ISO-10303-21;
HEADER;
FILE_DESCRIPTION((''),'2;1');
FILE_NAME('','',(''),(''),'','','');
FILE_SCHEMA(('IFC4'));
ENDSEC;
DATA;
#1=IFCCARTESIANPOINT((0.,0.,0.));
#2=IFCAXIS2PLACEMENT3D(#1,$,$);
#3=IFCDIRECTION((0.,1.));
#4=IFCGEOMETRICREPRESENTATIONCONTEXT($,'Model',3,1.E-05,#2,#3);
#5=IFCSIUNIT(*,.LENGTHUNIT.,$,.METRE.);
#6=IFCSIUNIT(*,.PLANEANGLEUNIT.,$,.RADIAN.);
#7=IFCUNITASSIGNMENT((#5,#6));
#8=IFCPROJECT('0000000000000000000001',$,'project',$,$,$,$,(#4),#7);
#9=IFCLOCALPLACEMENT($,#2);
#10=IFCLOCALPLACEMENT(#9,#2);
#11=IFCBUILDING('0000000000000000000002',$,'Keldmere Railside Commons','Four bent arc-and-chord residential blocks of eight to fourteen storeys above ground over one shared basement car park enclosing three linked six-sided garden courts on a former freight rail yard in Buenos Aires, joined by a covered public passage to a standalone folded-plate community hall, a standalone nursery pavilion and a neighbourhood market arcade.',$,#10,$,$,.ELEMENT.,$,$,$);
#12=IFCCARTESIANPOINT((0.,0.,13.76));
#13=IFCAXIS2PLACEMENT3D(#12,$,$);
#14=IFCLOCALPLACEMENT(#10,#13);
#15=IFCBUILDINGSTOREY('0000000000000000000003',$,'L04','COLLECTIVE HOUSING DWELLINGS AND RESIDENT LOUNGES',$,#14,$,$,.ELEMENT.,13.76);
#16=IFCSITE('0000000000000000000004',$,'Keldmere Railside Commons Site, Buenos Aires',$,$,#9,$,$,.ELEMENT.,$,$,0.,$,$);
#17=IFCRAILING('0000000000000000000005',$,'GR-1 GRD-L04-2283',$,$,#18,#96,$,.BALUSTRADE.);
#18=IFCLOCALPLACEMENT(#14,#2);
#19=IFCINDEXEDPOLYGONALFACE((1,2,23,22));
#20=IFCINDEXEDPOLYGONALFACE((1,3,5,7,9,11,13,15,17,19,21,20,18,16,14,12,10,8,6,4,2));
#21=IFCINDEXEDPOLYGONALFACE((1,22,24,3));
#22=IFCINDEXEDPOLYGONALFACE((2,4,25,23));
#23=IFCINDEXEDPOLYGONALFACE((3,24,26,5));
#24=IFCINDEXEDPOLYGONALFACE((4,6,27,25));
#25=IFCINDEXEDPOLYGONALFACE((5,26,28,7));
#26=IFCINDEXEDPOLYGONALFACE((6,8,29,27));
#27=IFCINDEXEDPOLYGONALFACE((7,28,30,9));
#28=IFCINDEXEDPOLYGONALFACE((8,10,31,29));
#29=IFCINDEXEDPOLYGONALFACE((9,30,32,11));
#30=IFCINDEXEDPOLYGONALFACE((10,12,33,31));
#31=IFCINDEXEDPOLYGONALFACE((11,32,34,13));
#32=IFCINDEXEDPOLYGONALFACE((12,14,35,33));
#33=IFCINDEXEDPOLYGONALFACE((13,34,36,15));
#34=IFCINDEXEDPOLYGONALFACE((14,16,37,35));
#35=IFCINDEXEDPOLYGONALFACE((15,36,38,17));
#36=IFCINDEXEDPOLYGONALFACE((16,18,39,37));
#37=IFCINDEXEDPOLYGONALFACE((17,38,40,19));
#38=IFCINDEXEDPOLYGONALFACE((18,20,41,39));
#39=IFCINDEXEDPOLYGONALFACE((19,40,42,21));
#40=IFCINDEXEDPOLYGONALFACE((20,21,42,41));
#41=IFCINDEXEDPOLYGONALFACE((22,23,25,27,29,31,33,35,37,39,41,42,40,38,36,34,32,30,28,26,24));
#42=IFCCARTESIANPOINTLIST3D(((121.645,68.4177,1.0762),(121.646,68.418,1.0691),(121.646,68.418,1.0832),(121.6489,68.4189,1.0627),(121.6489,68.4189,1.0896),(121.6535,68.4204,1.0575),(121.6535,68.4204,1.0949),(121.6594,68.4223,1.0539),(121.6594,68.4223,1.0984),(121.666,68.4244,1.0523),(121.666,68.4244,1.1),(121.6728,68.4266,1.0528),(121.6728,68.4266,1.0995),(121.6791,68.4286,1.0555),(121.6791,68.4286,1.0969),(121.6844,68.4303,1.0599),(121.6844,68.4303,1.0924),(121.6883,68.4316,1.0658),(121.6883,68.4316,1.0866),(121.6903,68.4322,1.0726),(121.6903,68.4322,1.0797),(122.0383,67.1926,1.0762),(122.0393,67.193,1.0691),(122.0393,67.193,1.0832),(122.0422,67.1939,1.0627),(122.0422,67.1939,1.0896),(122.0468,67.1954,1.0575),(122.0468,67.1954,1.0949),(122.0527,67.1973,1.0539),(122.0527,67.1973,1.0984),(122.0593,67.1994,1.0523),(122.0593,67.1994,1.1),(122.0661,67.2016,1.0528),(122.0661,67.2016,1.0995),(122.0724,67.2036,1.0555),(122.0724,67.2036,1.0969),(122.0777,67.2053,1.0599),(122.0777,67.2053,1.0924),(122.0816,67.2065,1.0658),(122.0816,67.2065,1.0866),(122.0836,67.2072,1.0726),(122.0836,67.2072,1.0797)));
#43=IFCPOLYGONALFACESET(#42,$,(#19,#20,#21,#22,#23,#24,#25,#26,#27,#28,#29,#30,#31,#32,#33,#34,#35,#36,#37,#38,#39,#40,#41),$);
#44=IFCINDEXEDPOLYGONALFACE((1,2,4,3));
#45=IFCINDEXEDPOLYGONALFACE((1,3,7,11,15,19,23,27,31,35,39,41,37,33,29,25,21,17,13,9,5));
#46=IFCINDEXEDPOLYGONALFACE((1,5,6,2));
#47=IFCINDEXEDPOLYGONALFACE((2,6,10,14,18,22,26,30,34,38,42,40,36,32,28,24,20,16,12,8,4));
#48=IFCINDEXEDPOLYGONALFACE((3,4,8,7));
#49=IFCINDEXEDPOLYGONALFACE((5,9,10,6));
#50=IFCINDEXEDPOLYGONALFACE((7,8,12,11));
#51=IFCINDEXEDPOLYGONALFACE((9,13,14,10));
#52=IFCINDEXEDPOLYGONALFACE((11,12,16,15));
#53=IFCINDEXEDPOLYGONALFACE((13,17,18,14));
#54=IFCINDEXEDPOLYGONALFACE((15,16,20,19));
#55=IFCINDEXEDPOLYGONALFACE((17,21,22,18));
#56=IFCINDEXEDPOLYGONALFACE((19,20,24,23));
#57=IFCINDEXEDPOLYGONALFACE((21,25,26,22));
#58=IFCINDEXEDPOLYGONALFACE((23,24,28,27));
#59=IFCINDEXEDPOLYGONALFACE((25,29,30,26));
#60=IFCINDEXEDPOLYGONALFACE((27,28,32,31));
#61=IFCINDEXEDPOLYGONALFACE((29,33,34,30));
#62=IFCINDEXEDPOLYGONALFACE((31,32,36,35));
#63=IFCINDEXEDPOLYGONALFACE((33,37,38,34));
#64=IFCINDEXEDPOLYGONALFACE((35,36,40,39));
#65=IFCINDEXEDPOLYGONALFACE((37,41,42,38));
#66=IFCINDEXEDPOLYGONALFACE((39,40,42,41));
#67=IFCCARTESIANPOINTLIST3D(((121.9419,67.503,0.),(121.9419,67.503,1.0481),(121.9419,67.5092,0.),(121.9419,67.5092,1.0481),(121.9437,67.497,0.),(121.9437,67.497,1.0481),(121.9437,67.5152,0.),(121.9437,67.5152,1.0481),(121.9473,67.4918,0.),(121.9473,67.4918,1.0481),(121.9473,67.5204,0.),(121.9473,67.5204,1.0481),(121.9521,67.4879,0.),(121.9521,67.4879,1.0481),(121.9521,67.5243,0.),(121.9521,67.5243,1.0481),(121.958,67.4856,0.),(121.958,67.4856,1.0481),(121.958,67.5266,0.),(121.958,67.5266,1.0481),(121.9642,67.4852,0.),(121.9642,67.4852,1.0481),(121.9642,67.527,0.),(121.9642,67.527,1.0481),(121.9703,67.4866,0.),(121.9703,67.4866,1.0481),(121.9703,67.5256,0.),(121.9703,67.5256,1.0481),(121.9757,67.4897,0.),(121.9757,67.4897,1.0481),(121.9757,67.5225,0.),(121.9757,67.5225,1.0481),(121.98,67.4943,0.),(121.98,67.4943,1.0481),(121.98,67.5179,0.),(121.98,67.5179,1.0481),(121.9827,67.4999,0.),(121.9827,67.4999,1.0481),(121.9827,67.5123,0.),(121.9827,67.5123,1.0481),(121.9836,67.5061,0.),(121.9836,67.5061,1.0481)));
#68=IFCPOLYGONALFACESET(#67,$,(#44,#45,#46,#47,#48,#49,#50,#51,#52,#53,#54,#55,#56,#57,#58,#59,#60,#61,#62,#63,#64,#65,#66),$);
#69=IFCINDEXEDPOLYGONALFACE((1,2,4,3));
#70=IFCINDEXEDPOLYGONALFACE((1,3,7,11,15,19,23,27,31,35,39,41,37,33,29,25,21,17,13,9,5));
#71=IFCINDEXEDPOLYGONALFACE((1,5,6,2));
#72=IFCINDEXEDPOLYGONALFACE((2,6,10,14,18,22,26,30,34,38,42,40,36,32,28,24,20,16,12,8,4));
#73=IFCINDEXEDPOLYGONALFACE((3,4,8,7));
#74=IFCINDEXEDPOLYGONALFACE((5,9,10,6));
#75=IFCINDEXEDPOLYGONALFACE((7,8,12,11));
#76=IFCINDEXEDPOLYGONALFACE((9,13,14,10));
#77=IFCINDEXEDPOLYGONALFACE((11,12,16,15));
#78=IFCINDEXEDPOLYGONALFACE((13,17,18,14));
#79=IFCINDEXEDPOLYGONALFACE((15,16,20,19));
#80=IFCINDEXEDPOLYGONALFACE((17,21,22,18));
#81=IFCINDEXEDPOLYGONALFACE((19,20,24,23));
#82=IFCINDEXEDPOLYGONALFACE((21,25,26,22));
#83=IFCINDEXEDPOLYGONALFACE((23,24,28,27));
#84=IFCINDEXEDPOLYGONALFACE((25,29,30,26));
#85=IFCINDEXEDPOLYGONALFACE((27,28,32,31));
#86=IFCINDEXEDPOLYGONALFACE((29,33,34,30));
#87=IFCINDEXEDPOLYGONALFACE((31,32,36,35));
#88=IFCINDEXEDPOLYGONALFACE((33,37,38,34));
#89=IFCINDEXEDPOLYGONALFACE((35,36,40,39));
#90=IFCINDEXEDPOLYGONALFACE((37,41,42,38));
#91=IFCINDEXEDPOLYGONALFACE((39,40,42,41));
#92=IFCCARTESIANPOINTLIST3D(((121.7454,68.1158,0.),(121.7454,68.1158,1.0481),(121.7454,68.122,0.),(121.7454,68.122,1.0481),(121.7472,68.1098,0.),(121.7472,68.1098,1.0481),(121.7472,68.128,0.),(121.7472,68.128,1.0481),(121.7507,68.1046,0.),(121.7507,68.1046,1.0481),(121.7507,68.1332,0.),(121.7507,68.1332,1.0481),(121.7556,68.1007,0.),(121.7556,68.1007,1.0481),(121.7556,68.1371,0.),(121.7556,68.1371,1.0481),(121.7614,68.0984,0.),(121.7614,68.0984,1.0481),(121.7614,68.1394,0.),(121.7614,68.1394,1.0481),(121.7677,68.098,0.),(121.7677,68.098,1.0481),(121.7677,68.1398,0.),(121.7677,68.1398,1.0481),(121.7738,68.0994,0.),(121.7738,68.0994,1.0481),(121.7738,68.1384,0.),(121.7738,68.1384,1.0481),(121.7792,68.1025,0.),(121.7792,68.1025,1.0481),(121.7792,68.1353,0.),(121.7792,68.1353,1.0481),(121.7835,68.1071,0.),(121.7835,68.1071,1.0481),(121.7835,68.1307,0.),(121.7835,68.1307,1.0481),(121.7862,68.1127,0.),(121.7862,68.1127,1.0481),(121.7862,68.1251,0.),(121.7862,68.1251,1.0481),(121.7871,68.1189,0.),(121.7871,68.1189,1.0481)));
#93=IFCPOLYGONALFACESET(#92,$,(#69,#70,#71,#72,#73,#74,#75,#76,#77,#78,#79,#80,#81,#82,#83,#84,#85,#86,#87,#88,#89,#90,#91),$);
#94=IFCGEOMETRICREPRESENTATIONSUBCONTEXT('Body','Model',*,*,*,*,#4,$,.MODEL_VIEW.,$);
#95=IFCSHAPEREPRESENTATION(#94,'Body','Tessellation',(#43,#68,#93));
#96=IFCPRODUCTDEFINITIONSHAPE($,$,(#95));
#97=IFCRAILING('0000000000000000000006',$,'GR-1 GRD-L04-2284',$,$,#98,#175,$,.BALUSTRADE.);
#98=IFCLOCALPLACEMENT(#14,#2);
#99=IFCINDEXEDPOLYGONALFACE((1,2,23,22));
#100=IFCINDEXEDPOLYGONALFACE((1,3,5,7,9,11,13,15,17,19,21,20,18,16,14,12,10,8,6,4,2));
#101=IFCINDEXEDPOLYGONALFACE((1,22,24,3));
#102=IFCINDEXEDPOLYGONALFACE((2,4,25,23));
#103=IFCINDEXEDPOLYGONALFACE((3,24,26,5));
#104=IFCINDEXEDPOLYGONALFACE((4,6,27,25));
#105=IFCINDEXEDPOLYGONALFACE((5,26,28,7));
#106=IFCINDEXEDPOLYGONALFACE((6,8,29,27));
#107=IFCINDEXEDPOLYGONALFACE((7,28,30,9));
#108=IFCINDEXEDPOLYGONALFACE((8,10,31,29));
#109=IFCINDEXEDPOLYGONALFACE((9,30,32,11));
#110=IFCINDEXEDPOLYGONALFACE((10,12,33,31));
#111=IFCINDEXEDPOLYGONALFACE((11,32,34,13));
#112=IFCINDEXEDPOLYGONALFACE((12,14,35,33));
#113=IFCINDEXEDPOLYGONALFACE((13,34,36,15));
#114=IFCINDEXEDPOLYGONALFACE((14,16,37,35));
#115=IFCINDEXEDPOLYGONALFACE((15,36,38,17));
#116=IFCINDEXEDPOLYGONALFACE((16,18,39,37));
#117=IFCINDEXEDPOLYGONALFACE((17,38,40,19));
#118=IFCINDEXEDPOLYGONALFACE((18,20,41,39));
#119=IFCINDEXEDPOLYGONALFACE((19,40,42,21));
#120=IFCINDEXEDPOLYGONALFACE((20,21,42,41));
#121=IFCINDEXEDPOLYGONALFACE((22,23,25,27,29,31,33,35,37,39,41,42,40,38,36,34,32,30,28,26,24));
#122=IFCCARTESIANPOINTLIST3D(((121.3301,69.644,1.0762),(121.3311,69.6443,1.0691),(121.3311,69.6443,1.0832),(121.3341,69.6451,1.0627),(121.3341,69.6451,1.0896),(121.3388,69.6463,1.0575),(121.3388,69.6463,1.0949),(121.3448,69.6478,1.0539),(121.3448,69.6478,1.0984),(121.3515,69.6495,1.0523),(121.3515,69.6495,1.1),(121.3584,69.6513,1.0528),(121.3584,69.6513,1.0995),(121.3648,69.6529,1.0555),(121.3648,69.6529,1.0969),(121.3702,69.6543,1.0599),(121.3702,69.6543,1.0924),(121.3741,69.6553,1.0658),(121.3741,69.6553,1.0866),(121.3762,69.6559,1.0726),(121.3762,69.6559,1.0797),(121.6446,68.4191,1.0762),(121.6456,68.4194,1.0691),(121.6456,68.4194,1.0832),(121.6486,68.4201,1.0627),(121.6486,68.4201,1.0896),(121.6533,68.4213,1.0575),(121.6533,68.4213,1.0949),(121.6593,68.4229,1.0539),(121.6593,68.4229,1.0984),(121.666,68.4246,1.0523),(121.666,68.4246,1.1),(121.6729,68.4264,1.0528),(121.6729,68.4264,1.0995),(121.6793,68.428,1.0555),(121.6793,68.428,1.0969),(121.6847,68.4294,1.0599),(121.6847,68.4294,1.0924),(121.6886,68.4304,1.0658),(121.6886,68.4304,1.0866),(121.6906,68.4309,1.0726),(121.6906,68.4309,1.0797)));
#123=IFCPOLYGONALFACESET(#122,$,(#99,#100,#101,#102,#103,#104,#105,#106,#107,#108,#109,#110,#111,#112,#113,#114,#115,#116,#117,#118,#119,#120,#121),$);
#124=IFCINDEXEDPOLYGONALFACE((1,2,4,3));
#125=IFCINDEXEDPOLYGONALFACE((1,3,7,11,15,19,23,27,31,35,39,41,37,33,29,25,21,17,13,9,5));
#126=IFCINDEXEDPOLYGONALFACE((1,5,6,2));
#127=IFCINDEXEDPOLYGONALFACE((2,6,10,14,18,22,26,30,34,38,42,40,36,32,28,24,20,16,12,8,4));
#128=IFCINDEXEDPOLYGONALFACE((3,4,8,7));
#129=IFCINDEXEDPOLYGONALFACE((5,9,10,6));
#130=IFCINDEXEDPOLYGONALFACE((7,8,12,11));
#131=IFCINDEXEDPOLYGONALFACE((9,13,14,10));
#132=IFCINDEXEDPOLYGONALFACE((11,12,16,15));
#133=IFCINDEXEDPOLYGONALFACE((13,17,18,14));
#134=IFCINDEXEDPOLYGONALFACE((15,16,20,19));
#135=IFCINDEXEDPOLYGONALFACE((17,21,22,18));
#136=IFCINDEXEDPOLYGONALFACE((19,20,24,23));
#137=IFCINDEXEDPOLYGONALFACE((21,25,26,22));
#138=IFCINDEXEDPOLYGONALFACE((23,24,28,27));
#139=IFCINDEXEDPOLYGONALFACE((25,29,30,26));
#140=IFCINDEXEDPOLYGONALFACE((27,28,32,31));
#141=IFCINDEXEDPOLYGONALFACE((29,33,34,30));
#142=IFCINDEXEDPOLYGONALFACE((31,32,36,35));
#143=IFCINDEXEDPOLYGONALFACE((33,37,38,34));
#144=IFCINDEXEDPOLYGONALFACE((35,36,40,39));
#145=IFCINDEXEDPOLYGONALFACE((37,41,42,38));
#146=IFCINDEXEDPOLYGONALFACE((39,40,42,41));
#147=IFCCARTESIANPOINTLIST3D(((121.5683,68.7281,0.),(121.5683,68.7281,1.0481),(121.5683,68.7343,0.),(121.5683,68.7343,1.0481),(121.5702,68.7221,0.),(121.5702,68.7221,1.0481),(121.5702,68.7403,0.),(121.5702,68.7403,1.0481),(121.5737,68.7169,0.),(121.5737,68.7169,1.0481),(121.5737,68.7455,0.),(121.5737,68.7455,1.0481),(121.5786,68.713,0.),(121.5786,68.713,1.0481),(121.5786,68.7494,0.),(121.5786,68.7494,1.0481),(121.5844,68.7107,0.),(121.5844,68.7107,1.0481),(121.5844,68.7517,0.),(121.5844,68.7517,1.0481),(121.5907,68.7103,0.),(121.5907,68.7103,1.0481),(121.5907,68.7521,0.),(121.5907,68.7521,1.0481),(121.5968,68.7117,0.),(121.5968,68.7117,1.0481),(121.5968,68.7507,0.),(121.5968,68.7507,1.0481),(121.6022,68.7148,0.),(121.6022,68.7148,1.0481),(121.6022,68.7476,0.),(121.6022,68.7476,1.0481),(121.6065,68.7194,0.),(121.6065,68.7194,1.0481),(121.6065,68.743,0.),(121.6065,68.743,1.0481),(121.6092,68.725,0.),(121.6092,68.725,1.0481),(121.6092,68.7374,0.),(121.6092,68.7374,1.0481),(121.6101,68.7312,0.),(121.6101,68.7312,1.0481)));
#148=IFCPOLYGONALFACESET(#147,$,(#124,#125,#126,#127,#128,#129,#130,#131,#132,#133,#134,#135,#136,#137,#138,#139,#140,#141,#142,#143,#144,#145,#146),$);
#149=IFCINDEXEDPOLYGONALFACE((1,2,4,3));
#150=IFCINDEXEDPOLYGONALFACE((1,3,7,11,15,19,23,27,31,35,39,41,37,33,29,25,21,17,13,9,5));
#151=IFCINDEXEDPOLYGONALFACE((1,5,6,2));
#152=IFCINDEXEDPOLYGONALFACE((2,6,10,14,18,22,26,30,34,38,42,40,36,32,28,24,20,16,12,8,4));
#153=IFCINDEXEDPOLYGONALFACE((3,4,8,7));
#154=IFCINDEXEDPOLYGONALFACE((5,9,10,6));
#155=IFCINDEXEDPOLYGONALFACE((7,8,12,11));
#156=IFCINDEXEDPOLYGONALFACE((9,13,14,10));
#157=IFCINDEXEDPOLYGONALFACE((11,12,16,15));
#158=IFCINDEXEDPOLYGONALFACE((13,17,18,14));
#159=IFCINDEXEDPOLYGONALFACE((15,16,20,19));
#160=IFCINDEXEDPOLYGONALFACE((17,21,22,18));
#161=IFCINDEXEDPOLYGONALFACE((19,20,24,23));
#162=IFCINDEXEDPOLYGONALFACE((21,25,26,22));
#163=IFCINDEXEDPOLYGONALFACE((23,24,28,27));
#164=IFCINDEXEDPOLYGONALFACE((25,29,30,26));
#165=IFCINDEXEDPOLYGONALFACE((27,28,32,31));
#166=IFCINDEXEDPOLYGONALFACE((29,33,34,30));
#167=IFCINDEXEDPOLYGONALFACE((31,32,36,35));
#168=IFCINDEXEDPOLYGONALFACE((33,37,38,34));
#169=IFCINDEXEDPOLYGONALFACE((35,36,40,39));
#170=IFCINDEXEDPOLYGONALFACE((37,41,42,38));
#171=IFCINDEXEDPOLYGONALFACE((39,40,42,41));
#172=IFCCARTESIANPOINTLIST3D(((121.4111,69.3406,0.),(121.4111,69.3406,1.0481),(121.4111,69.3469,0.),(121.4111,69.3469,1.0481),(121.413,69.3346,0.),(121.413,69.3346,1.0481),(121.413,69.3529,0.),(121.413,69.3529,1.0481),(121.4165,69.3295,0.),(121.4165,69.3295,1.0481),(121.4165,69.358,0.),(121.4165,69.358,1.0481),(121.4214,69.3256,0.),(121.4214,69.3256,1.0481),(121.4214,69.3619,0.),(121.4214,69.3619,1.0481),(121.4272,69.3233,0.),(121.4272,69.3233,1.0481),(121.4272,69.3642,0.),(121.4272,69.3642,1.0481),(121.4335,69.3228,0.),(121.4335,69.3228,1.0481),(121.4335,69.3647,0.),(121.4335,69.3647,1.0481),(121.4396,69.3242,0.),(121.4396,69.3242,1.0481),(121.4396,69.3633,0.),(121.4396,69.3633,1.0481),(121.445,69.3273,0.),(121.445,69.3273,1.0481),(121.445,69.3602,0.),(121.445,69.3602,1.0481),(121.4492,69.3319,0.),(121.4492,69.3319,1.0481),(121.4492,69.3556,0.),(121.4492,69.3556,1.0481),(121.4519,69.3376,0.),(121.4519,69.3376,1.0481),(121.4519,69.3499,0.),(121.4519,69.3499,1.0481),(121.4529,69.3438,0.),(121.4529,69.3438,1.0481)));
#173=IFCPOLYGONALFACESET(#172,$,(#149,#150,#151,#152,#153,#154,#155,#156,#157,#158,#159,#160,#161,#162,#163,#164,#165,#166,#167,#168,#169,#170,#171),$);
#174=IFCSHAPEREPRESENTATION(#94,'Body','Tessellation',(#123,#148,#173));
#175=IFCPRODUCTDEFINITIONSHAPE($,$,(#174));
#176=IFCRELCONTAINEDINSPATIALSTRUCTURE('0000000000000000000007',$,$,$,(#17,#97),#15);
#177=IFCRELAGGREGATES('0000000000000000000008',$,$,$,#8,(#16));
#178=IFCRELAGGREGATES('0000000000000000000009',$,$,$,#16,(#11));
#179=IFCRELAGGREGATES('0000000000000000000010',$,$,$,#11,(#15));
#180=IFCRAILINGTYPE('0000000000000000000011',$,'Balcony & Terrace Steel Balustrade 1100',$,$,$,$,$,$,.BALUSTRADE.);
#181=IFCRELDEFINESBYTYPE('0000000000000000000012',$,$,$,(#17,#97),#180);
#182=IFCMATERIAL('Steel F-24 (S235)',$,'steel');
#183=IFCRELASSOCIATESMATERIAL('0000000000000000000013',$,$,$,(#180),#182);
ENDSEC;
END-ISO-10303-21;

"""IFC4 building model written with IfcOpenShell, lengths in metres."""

from ifc_helpers import new_model, si_unit, direction, frame, origin, origin_2d, place, context, subcontext, project, spatial, circle, extrude, material, type_object, element, save


model = new_model("IFC4")

# Units and contexts
model_context = context("Model", 3, precision=1e-05, world=origin(), true_north=direction((0.0, 1.0)))
body_context = subcontext(model_context, "Body", "Model", "MODEL_VIEW")
ifc_project = project(units=[si_unit("LENGTHUNIT", "METRE"), si_unit("PLANEANGLEUNIT", "RADIAN")], contexts=[model_context])

# Site, building, storey
site_placement = place(None, origin())
site = spatial("IfcSite", under=ifc_project, at=site_placement, Name="Keldmere Railside Commons Site, Buenos Aires", CompositionType="ELEMENT", RefElevation=0.0)
building_placement = place(site_placement, origin())
building = spatial("IfcBuilding", under=site, at=building_placement, Name="Keldmere Railside Commons", Description="Four bent arc-and-chord residential blocks of eight to fourteen storeys above ground over one shared basement car park enclosing three linked six-sided garden courts on a former freight rail yard in Buenos Aires, joined by a covered public passage to a standalone folded-plate community hall, a standalone nursery pavilion and a neighbourhood market arcade.", CompositionType="ELEMENT")
storey_placement = place(building_placement, frame((0.0, 0.0, 13.76)))
storey = spatial("IfcBuildingStorey", under=building, at=storey_placement, Name="L04", Description="COLLECTIVE HOUSING DWELLINGS AND RESIDENT LOUNGES", CompositionType="ELEMENT", Elevation=13.76)

# Railings
ifc_material_1 = material(Name="Steel F-24 (S235)", Category="steel")
railing_type_1 = type_object("IfcRailingType", Name="Balcony & Terrace Steel Balustrade 1100", PredefinedType="BALUSTRADE", material=ifc_material_1)
railing_1_placement = place(storey_placement, frame((122.061, 67.2, 0.0)))
element("IfcRailing", 1, at=railing_1_placement, inside=storey, type_object=railing_type_1, Name="GR-1 GRD-L04-2283", PredefinedType="BALUSTRADE", context=body_context, shape_type="SweptSolid", body=[
    extrude(circle(Radius=0.0239, at=origin_2d()), frame((0.0, 0.0, 1.0762), z_axis=(-0.305677, 0.952135, 0.0), x_axis=(-0.952135, -0.305677, 0.0)), (0.0, 0.0, 1.0), 1.2866),
    extrude(circle(Radius=0.021, at=origin_2d()), frame((-0.0984, 0.3062, 0.0)), (0.0, 0.0, 1.0), 1.0481),
    extrude(circle(Radius=0.021, at=origin_2d()), frame((-0.2949, 0.9189, 0.0)), (0.0, 0.0, 1.0), 1.0481),
])
railing_2_placement = place(storey_placement, frame((121.6677, 68.425, 0.0)))
element("IfcRailing", 2, at=railing_2_placement, inside=storey, type_object=railing_type_1, Name="GR-1 GRD-L04-2284", PredefinedType="BALUSTRADE", context=body_context, shape_type="SweptSolid", body=[
    extrude(circle(Radius=0.0239, at=origin_2d()), frame((0.0, 0.0, 1.0762), z_axis=(-0.248663, 0.96859, 0.0), x_axis=(-0.96859, -0.248663, 0.0)), (0.0, 0.0, 1.0), 1.2646),
    extrude(circle(Radius=0.021, at=origin_2d()), frame((-0.0786, 0.3062, 0.0)), (0.0, 0.0, 1.0), 1.0481),
    extrude(circle(Radius=0.021, at=origin_2d()), frame((-0.2358, 0.9187, 0.0)), (0.0, 0.0, 1.0), 1.0481),
])

save(model, "model.ifc")
